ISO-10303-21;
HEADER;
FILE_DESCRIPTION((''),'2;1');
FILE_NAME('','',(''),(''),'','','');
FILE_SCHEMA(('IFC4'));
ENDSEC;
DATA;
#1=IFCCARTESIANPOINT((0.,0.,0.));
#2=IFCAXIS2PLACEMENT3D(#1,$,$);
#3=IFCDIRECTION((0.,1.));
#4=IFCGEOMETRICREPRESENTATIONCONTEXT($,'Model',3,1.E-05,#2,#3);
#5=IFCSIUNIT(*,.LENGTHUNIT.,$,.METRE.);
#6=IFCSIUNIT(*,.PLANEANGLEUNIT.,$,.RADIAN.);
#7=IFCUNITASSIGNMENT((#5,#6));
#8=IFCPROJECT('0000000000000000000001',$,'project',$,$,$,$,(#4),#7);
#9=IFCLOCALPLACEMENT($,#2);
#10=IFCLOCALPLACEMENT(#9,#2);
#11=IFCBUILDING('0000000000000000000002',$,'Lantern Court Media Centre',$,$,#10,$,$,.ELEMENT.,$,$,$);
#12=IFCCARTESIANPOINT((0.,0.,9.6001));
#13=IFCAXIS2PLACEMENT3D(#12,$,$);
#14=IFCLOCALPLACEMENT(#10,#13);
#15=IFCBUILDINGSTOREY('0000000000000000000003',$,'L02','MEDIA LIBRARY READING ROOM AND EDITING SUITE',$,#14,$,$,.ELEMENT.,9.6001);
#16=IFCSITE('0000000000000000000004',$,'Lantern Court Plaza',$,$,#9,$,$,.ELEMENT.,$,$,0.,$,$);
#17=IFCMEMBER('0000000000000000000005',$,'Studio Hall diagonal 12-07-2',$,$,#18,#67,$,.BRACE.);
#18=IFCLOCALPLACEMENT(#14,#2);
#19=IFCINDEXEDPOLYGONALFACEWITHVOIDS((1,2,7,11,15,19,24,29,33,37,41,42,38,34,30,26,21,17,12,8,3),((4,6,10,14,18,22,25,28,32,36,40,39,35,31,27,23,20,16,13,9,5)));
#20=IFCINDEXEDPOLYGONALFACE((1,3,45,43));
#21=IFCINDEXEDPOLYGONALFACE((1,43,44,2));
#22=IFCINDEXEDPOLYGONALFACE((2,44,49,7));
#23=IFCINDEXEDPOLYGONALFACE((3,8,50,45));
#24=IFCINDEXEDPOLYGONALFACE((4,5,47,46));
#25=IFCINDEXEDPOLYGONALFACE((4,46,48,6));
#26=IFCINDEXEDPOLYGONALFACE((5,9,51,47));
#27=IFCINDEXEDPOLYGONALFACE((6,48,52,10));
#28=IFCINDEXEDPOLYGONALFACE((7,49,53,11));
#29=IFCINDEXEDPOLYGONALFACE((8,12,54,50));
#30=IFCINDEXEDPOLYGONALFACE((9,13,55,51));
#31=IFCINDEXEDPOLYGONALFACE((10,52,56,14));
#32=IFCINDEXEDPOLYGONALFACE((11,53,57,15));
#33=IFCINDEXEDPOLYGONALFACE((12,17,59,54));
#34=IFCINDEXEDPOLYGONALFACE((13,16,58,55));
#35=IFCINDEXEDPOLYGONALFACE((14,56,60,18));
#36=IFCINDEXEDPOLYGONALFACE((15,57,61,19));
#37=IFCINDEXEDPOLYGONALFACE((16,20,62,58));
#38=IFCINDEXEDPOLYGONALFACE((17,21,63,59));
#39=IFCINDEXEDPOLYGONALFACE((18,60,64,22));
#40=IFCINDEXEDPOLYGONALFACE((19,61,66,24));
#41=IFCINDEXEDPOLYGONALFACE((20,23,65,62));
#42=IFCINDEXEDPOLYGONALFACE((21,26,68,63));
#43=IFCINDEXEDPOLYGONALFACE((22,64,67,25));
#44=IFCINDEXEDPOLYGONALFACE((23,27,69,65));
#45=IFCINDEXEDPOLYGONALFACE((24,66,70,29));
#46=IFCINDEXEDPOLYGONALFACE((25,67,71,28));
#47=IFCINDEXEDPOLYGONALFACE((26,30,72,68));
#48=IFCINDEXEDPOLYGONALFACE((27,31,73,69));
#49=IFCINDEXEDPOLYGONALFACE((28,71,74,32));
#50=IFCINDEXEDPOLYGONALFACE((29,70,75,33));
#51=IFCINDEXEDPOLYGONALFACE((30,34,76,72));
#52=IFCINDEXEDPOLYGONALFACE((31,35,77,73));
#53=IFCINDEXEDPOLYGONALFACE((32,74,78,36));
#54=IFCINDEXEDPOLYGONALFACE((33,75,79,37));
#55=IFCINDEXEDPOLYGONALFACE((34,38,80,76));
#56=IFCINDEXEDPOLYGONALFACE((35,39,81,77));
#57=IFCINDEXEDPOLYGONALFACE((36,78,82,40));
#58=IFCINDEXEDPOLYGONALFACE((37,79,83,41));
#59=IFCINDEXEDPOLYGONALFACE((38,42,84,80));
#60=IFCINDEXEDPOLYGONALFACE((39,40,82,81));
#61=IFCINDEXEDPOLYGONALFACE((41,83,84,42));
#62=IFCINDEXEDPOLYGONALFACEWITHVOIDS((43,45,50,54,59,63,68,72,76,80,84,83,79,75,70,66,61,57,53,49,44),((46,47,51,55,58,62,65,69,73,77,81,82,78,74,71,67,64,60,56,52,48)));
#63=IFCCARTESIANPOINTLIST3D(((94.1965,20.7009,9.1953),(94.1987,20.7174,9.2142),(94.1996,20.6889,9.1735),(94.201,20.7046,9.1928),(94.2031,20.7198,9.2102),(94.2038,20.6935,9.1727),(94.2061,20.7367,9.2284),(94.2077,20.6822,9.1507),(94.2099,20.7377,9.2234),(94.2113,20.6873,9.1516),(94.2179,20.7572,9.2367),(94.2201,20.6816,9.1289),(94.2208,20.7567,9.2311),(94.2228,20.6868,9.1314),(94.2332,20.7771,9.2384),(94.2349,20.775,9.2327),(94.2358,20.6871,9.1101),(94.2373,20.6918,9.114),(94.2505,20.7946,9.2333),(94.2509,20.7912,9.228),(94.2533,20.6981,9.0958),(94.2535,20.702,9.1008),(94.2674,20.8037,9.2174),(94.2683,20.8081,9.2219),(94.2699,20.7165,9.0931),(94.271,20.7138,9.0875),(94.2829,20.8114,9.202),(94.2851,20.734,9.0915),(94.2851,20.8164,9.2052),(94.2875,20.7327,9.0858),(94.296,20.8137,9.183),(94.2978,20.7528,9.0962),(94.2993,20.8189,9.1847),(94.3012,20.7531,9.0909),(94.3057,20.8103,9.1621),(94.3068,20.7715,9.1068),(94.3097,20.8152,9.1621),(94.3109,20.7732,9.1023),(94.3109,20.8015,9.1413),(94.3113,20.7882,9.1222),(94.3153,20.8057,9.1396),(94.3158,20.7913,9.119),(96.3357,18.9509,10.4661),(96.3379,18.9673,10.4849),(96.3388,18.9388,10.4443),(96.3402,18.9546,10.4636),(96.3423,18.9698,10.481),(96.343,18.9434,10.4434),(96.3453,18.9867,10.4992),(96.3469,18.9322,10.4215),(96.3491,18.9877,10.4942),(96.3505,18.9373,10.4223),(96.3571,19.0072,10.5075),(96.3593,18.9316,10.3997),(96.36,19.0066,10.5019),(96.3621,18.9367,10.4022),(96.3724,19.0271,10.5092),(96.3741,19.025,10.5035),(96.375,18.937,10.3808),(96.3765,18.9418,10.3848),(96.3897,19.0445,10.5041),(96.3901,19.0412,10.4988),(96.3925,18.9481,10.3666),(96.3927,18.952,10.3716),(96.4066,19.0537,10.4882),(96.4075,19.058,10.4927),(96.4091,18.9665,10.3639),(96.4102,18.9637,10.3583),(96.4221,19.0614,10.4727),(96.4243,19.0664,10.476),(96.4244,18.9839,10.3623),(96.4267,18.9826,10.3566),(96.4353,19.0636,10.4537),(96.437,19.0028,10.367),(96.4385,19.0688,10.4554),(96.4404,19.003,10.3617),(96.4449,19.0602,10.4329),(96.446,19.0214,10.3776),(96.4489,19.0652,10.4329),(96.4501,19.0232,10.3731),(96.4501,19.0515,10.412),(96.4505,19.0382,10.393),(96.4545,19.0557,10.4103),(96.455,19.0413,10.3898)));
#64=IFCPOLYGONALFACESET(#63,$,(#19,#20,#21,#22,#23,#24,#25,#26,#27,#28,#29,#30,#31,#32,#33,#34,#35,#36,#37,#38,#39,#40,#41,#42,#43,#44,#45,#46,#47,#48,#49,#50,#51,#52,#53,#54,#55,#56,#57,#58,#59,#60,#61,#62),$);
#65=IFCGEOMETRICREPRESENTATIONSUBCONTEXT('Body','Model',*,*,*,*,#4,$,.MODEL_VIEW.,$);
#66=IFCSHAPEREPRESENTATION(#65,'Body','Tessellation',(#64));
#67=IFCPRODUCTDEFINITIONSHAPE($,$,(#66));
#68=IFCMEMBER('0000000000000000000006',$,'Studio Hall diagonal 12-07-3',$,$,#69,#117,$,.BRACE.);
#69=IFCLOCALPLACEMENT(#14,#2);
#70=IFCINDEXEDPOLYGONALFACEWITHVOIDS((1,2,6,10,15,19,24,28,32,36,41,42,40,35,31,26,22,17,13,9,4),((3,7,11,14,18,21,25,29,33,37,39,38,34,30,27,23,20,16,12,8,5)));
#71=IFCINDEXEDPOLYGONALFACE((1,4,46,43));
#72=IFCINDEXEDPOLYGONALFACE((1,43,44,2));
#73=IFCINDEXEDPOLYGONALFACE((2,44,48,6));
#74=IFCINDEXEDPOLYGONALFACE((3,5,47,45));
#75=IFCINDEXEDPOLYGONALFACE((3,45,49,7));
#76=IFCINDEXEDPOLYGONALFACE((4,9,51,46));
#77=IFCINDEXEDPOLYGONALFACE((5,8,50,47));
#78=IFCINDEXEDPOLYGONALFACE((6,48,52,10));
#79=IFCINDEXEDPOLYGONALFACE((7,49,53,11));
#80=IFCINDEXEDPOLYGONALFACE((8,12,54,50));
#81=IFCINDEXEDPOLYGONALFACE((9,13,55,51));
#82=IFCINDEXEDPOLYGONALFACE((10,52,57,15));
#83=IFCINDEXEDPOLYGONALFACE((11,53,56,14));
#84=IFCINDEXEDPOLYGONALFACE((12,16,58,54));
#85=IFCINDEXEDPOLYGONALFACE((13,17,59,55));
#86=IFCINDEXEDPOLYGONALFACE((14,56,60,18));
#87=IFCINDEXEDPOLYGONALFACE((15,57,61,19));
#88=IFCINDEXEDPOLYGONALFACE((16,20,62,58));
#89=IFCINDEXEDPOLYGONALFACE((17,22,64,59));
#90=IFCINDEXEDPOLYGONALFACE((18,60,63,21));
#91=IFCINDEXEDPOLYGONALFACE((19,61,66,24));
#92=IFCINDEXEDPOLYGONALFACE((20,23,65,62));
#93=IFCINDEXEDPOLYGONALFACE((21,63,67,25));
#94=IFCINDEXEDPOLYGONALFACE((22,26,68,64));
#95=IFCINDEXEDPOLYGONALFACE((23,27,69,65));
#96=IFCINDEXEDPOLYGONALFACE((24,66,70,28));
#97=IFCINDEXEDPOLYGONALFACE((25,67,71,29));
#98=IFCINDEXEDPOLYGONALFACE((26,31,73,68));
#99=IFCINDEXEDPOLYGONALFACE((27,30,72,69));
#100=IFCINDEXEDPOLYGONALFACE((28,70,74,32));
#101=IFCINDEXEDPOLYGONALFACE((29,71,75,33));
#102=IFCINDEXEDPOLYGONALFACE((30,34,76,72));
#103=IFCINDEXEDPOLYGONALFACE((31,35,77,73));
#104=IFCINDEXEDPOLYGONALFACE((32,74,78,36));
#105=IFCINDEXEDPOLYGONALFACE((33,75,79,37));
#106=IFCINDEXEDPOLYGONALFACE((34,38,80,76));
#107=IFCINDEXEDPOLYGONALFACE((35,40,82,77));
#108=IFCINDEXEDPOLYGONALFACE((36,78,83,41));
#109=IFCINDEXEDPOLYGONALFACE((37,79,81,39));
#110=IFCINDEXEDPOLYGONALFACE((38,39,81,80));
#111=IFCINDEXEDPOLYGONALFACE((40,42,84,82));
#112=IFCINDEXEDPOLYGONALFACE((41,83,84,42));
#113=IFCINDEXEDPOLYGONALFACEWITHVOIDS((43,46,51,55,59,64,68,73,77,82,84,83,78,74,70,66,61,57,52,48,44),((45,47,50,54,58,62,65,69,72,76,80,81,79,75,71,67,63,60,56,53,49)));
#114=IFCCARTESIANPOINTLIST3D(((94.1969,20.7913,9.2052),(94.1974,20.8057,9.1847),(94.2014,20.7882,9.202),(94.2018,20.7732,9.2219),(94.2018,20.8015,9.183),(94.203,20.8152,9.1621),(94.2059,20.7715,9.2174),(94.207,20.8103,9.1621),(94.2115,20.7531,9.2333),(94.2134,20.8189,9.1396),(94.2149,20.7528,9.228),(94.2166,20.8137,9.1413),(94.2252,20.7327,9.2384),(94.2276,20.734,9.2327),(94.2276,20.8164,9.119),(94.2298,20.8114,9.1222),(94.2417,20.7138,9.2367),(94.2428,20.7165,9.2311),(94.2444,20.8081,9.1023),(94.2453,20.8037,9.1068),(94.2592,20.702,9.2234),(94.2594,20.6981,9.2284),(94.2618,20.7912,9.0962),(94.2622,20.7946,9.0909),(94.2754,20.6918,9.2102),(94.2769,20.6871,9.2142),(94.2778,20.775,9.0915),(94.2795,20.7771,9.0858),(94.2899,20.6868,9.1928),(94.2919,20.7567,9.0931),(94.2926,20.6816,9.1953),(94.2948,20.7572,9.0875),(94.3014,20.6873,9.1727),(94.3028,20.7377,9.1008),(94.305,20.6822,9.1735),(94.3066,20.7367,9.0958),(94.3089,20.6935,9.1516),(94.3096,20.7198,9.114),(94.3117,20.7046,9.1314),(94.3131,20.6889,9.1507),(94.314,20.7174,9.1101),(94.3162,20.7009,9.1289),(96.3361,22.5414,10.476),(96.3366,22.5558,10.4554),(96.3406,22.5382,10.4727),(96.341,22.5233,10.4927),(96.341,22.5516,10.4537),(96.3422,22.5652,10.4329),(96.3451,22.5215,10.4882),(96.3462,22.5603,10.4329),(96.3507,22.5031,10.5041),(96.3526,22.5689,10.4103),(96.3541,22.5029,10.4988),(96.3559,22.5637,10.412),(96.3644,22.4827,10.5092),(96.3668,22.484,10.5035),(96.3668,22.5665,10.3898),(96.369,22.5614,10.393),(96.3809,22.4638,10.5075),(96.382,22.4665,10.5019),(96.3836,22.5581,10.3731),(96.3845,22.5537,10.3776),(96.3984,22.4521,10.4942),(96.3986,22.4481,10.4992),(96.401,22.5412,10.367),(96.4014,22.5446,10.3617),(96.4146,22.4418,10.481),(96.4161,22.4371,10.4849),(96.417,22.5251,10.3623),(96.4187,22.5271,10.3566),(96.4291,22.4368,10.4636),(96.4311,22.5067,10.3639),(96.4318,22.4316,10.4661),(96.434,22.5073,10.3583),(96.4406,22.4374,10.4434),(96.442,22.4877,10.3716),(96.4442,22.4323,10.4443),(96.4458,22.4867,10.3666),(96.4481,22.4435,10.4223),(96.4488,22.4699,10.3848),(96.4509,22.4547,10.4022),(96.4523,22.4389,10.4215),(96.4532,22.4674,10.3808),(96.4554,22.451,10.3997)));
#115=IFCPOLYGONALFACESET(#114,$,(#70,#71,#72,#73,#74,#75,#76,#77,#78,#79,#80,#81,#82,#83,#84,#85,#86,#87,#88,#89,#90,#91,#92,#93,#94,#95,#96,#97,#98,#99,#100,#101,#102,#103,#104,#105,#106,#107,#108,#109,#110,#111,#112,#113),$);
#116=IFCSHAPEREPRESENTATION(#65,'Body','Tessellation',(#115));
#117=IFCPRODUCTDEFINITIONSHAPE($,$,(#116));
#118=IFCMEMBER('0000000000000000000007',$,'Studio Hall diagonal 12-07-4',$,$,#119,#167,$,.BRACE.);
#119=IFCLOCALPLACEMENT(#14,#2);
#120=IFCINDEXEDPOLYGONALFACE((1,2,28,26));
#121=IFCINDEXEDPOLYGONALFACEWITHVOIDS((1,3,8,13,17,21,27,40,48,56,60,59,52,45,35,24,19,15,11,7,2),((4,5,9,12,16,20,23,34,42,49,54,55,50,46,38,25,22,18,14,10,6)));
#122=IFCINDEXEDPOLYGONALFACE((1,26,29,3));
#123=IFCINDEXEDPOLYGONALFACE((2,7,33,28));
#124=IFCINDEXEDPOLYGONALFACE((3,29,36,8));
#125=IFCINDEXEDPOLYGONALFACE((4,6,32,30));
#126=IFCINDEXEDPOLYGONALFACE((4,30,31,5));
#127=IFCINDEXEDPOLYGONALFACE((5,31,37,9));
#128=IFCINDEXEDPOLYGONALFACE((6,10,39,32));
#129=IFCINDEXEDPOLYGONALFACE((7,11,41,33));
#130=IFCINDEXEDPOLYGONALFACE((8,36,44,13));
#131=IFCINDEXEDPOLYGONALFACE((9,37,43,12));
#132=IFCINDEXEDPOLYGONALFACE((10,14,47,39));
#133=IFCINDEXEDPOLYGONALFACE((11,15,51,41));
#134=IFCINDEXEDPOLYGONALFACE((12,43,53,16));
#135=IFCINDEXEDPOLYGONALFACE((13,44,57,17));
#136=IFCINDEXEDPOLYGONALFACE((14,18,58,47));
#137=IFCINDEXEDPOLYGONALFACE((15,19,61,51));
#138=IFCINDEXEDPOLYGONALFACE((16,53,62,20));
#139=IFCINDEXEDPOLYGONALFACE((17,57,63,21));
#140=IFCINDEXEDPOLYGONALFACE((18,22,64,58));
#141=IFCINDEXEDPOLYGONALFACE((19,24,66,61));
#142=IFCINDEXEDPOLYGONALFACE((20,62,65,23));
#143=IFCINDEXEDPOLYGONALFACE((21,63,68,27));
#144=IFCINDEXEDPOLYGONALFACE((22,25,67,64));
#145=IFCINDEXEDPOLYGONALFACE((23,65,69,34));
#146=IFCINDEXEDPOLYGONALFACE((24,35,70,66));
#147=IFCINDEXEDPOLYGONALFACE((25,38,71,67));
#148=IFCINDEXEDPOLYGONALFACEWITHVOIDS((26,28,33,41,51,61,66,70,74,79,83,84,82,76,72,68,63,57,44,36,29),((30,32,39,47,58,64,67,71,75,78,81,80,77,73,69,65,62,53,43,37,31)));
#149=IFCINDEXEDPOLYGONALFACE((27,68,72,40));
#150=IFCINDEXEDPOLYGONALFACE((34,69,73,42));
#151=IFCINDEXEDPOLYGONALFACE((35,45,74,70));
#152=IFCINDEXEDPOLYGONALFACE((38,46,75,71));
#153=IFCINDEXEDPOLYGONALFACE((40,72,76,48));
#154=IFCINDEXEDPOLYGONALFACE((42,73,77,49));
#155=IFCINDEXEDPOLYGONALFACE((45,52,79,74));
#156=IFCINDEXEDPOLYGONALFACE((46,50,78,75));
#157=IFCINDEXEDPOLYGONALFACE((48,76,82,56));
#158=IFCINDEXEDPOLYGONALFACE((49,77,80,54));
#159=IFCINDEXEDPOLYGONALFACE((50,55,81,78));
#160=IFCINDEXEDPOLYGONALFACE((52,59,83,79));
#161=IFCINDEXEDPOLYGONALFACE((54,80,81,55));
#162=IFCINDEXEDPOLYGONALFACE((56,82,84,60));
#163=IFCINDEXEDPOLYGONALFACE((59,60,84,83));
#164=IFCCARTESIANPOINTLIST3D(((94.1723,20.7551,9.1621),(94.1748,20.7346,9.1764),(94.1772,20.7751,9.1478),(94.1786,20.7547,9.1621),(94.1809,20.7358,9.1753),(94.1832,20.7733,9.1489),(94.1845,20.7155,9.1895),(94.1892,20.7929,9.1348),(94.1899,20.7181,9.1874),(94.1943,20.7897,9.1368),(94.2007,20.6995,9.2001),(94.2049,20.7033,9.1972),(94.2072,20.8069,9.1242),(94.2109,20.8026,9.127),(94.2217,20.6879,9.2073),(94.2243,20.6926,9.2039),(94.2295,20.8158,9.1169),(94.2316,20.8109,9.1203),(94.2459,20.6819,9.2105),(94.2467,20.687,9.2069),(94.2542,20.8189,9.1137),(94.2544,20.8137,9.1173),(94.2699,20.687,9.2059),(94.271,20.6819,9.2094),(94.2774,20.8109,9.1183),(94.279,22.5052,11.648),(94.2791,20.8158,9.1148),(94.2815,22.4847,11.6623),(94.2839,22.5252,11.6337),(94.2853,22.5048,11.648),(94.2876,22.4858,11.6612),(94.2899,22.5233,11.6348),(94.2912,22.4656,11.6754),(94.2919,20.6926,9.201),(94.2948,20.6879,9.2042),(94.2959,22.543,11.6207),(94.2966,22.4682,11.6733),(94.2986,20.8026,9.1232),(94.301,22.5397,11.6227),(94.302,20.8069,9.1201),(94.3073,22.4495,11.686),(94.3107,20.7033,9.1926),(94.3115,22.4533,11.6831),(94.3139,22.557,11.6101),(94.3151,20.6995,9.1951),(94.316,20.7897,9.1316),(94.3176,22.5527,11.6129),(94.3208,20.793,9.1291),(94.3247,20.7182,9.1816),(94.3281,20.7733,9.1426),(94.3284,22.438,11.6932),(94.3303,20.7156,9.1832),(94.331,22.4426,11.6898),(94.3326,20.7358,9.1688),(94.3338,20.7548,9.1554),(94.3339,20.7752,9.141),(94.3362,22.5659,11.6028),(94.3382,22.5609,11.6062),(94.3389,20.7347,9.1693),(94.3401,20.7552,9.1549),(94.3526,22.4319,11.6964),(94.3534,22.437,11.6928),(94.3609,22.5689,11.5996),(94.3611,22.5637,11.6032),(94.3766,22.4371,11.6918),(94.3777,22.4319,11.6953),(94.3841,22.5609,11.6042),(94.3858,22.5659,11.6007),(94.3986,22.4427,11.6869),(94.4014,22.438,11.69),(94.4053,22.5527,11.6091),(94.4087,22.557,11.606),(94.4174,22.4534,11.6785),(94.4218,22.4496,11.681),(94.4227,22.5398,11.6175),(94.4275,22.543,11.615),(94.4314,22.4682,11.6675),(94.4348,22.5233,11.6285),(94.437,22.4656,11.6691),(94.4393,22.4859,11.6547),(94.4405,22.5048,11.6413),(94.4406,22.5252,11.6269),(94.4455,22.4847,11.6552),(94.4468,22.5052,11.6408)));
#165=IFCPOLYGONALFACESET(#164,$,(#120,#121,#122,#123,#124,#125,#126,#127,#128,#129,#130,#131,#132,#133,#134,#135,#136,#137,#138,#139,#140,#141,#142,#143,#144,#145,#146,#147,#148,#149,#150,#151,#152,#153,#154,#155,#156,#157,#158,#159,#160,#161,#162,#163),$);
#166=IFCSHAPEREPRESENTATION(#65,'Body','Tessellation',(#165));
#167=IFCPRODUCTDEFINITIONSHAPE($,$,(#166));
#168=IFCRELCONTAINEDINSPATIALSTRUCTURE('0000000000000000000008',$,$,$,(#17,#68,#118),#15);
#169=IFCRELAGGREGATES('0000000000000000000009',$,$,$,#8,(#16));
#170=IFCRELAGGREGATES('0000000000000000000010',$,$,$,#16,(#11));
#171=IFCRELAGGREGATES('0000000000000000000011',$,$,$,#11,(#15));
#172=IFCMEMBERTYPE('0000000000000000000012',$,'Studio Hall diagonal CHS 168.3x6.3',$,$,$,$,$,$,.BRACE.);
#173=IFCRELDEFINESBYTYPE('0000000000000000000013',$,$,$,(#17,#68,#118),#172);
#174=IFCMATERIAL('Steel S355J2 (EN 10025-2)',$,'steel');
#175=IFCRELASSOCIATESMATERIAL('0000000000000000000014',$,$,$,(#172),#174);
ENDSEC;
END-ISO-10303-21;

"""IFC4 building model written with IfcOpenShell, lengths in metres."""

from ifc_helpers import new_model, si_unit, direction, frame, origin, origin_2d, place, context, subcontext, project, spatial, hollow_circle, extrude, material, material_profile, profile_set, type_object, element, save


model = new_model("IFC4")

# Units and contexts
model_context = context("Model", 3, precision=1e-05, world=origin(), true_north=direction((0.0, 1.0)))
body_context = subcontext(model_context, "Body", "Model", "MODEL_VIEW")
ifc_project = project(units=[si_unit("LENGTHUNIT", "METRE"), si_unit("PLANEANGLEUNIT", "RADIAN")], contexts=[model_context])

# Site, building, storey
site_placement = place(None, origin())
site = spatial("IfcSite", under=ifc_project, at=site_placement, Name="Lantern Court Plaza", CompositionType="ELEMENT", RefElevation=0.0)
building_placement = place(site_placement, origin())
building = spatial("IfcBuilding", under=site, at=building_placement, Name="Lantern Court Media Centre", CompositionType="ELEMENT")
storey_placement = place(building_placement, frame((0.0, 0.0, 9.6001)))
storey = spatial("IfcBuildingStorey", under=building, at=storey_placement, Name="L02", Description="MEDIA LIBRARY READING ROOM AND EDITING SUITE", CompositionType="ELEMENT", Elevation=9.6001)

# Members
ifc_material = material(Name="Steel S355J2 (EN 10025-2)", Category="steel")
ifc_material_profile_1 = material_profile(ifc_material, hollow_circle(Radius=0.0842, WallThickness=0.0063, at=origin_2d()), Name="Studio Hall diagonal CHS 168.3x6.3")
ifc_profile_set_1 = profile_set([ifc_material_profile_1], Name="Steel S355J2 (EN 10025-2)")
member_type_1 = type_object("IfcMemberType", Name="Studio Hall diagonal CHS 168.3x6.3", PredefinedType="BRACE", material=ifc_profile_set_1)
for number, where, z_axis, x_axis, name in (
    (1, (94.2563, 20.75, 9.1621), (0.703225, -0.575293, 0.417746), (0.63319, 0.773997, 0.0), "Studio Hall diagonal 12-07-2"),
    (2, (94.2563, 20.75, 9.1621), (0.703225, 0.575293, 0.417746), (-0.63319, 0.773997, 0.0), "Studio Hall diagonal 12-07-3"),
    (3, (94.2563, 20.75, 9.1621), (0.035073, 0.575294, 0.817194), (-0.998147, 0.060852, 0.0), "Studio Hall diagonal 12-07-4"),
):
    element("IfcMember", number, at=place(storey_placement, frame(where, z_axis=z_axis, x_axis=x_axis)), inside=storey, type_object=member_type_1, Name=name, PredefinedType="BRACE", context=body_context, shape_type="SweptSolid", body=[
        extrude(hollow_circle(Radius=0.0842, WallThickness=0.0063, at=origin_2d()), origin(), (0.0, 0.0, 1.0), 3.042),
    ])

save(model, "model.ifc")
